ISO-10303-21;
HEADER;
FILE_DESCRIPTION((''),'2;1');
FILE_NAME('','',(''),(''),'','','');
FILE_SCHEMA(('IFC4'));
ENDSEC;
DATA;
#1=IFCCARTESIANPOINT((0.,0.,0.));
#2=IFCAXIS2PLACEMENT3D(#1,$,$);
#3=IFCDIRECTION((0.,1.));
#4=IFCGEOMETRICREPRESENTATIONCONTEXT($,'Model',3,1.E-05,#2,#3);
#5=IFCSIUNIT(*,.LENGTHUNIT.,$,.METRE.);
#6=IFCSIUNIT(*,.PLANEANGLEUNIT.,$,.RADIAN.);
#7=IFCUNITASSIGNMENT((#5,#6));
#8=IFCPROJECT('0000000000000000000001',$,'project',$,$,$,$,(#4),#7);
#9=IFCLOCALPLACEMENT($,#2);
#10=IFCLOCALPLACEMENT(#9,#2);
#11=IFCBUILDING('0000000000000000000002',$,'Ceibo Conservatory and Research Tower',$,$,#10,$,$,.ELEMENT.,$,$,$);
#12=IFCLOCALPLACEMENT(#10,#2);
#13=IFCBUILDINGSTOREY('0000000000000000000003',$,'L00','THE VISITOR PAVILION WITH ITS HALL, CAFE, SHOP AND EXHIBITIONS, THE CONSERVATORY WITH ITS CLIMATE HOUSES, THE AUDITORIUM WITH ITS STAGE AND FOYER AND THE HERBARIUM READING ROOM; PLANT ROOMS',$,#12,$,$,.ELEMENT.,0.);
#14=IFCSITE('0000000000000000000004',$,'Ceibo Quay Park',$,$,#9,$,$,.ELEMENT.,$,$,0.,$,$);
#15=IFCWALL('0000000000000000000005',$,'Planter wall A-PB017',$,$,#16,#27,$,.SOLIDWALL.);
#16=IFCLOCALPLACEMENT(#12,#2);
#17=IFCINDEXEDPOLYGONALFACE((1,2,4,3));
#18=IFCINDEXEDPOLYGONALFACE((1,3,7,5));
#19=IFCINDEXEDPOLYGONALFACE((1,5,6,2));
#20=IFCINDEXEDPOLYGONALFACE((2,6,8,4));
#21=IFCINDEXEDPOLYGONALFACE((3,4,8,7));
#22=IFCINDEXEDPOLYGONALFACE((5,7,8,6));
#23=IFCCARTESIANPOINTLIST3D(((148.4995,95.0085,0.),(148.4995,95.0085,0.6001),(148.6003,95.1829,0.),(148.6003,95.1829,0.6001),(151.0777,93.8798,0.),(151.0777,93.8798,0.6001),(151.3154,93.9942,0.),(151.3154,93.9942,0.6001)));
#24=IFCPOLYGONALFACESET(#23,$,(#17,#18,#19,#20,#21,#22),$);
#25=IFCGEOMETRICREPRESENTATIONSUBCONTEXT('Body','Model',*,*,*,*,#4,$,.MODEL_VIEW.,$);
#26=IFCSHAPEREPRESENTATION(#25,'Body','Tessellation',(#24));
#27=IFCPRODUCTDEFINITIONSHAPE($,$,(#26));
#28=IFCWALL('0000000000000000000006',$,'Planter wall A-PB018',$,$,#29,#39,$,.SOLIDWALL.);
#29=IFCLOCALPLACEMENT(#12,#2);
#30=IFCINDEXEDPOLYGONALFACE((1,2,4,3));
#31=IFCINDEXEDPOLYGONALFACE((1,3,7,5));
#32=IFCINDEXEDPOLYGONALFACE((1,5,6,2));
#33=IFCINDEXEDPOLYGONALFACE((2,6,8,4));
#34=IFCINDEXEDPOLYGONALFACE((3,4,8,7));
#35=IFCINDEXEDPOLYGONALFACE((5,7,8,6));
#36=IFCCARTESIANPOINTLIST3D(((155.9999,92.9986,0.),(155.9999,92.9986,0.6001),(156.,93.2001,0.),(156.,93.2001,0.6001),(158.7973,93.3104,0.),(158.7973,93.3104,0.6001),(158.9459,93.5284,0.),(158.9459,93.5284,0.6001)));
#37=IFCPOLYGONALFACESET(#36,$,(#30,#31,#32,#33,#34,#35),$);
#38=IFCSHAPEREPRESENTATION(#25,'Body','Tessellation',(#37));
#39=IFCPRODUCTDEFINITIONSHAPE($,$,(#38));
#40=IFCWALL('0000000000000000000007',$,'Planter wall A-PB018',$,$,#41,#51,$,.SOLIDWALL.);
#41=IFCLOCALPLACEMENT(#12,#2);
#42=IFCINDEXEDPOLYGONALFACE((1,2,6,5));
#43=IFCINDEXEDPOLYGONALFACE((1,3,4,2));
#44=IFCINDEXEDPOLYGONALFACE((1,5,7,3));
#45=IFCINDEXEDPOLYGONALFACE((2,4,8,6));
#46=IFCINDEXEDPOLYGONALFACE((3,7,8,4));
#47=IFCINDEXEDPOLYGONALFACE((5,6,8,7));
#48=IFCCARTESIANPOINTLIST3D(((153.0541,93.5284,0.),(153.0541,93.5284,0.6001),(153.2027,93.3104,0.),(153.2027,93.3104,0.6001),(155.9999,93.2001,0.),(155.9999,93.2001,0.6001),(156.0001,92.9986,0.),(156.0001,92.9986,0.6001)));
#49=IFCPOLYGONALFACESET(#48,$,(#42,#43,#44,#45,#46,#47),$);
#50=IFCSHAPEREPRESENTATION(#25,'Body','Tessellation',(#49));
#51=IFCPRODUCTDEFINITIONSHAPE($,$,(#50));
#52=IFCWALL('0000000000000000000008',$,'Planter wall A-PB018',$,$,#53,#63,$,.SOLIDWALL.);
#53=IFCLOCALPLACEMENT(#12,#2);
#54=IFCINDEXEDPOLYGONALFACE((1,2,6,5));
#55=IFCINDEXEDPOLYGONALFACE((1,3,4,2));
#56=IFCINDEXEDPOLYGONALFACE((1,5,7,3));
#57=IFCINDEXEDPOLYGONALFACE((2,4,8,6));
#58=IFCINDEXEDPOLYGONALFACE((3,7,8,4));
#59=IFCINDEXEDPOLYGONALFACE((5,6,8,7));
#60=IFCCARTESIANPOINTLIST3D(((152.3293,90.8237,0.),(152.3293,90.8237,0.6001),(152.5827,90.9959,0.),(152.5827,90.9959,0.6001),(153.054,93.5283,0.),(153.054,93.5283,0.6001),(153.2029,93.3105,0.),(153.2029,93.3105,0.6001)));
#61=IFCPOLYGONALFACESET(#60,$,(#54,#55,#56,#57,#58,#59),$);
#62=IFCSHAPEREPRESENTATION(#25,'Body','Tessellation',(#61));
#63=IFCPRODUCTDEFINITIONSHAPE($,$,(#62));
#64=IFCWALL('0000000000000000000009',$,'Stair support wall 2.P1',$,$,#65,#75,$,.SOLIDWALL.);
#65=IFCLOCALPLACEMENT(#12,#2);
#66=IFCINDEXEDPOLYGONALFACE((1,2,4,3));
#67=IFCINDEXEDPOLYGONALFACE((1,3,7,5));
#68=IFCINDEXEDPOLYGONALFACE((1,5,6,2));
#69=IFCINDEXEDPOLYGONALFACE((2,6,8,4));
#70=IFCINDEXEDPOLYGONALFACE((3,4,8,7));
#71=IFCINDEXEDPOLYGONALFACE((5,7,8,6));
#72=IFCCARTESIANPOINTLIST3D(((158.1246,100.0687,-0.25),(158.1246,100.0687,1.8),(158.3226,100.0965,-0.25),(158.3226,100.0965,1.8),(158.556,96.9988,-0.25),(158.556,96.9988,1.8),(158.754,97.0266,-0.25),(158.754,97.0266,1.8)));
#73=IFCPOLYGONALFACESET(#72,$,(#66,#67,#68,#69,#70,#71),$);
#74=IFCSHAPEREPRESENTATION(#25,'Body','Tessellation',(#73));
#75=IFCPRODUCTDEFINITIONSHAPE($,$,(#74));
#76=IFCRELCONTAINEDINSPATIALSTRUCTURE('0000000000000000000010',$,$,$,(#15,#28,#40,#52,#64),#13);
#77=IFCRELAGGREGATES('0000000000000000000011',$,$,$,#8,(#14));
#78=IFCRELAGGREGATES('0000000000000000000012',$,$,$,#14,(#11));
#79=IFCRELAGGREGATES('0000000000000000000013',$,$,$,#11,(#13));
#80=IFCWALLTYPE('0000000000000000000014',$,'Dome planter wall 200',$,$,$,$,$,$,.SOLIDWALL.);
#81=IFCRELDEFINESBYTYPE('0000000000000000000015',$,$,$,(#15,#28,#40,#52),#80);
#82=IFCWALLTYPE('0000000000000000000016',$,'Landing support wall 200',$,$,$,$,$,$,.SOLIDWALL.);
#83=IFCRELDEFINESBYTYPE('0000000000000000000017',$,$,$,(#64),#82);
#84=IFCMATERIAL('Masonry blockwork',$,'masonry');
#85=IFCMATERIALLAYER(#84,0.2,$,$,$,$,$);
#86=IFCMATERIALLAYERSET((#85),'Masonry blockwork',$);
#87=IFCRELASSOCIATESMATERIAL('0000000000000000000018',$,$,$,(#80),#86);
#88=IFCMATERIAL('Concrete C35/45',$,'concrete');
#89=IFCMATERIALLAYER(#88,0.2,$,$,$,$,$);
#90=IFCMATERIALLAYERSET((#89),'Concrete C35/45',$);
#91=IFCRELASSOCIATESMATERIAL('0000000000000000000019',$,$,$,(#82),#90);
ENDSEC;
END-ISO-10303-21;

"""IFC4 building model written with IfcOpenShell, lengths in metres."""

from ifc_helpers import new_model, si_unit, direction, frame, frame_2d, origin, place, context, subcontext, project, spatial, polyline, rectangle, outline, extrude, material, layer, layer_set, type_object, element, save


model = new_model("IFC4")

# Units and contexts
model_context = context("Model", 3, precision=1e-05, world=origin(), true_north=direction((0.0, 1.0)))
body_context = subcontext(model_context, "Body", "Model", "MODEL_VIEW")
ifc_project = project(units=[si_unit("LENGTHUNIT", "METRE"), si_unit("PLANEANGLEUNIT", "RADIAN")], contexts=[model_context])

# Site, building, storey
site_placement = place(None, origin())
site = spatial("IfcSite", under=ifc_project, at=site_placement, Name="Ceibo Quay Park", CompositionType="ELEMENT", RefElevation=0.0)
building_placement = place(site_placement, origin())
building = spatial("IfcBuilding", under=site, at=building_placement, Name="Ceibo Conservatory and Research Tower", CompositionType="ELEMENT")
storey_placement = place(building_placement, origin())
storey = spatial("IfcBuildingStorey", under=building, at=storey_placement, Name="L00", Description="THE VISITOR PAVILION WITH ITS HALL, CAFE, SHOP AND EXHIBITIONS, THE CONSERVATORY WITH ITS CLIMATE HOUSES, THE AUDITORIUM WITH ITS STAGE AND FOYER AND THE HERBARIUM READING ROOM; PLANT ROOMS", CompositionType="ELEMENT", Elevation=0.0)

# Walls
ifc_material_1 = material(Name="Masonry blockwork", Category="masonry")
ifc_layer_1 = layer(ifc_material_1, 0.2)
ifc_layer_set_1 = layer_set([ifc_layer_1], Name="Masonry blockwork")
wall_type_1 = type_object("IfcWallType", Name="Dome planter wall 200", PredefinedType="SOLIDWALL", material=ifc_layer_set_1)
wall_1_placement = place(storey_placement, frame((151.1965, 93.937, 0.0), z_axis=(0.0, 0.0, 1.0), x_axis=(-0.916062, 0.401036, 0.0)))
element("IfcWall", 1, at=wall_1_placement, inside=storey, type_object=wall_type_1, Name="Planter wall A-PB017", PredefinedType="SOLIDWALL", context=body_context, shape_type="SweptSolid", body=[
    extrude(outline(polyline([(-0.0859, -0.1001), (2.8779, -0.1001), (2.9004, 0.1001), (0.0859, 0.1001), (-0.0859, -0.1001)])), origin(), (0.0, 0.0, 1.0), 0.6001),
])
wall_2_placement = place(storey_placement, frame((158.8716, 93.4194, 0.0), z_axis=(0.0, 0.0, 1.0), x_axis=(-0.993846, -0.110775, 0.0)))
element("IfcWall", 2, at=wall_2_placement, inside=storey, type_object=wall_type_1, Name="Planter wall A-PB018", PredefinedType="SOLIDWALL", context=body_context, shape_type="SweptSolid", body=[
    extrude(outline(polyline([(-0.0859, -0.1001), (2.8782, -0.1001), (2.9006, 0.1001), (0.0859, 0.1001), (-0.0859, -0.1001)])), origin(), (0.0, 0.0, 1.0), 0.6001),
])
wall_3_placement = place(storey_placement, frame((156.0, 93.0994, 0.0), z_axis=(0.0, 0.0, 1.0), x_axis=(-0.993846, 0.110775, 0.0)))
element("IfcWall", 3, at=wall_3_placement, inside=storey, type_object=wall_type_1, Name="Planter wall A-PB018", PredefinedType="SOLIDWALL", context=body_context, shape_type="SweptSolid", body=[
    extrude(outline(polyline([(0.0112, -0.1001), (2.9753, -0.1001), (2.8035, 0.1001), (-0.0112, 0.1001), (0.0112, -0.1001)])), origin(), (0.0, 0.0, 1.0), 0.6001),
])
wall_4_placement = place(storey_placement, frame((153.1284, 93.4194, 0.0), z_axis=(0.0, 0.0, 1.0), x_axis=(-0.258797, -0.965932, 0.0)))
element("IfcWall", 4, at=wall_4_placement, inside=storey, type_object=wall_type_1, Name="Planter wall A-PB018", PredefinedType="SOLIDWALL", context=body_context, shape_type="SweptSolid", body=[
    extrude(outline(polyline([(-0.0859, -0.1001), (2.7141, -0.1001), (2.4822, 0.1001), (0.0859, 0.1001), (-0.0859, -0.1001)])), origin(), (0.0, 0.0, 1.0), 0.6001),
])
ifc_material_2 = material(Name="Concrete C35/45", Category="concrete")
ifc_layer_2 = layer(ifc_material_2, 0.2)
ifc_layer_set_2 = layer_set([ifc_layer_2], Name="Concrete C35/45")
wall_type_2 = type_object("IfcWallType", Name="Landing support wall 200", PredefinedType="SOLIDWALL", material=ifc_layer_set_2)
wall_5_placement = place(storey_placement, frame((158.655, 97.0127, -0.25), z_axis=(0.0, 0.0, 1.0), x_axis=(-0.139161, 0.99027, 0.0)))
element("IfcWall", 5, at=wall_5_placement, inside=storey, type_object=wall_type_2, Name="Stair support wall 2.P1", PredefinedType="SOLIDWALL", context=body_context, shape_type="SweptSolid", body=[
    extrude(rectangle(XDim=3.1001, YDim=0.2, at=frame_2d((1.55, 0.0))), origin(), (0.0, 0.0, 1.0), 2.05),
])

save(model, "model.ifc")
